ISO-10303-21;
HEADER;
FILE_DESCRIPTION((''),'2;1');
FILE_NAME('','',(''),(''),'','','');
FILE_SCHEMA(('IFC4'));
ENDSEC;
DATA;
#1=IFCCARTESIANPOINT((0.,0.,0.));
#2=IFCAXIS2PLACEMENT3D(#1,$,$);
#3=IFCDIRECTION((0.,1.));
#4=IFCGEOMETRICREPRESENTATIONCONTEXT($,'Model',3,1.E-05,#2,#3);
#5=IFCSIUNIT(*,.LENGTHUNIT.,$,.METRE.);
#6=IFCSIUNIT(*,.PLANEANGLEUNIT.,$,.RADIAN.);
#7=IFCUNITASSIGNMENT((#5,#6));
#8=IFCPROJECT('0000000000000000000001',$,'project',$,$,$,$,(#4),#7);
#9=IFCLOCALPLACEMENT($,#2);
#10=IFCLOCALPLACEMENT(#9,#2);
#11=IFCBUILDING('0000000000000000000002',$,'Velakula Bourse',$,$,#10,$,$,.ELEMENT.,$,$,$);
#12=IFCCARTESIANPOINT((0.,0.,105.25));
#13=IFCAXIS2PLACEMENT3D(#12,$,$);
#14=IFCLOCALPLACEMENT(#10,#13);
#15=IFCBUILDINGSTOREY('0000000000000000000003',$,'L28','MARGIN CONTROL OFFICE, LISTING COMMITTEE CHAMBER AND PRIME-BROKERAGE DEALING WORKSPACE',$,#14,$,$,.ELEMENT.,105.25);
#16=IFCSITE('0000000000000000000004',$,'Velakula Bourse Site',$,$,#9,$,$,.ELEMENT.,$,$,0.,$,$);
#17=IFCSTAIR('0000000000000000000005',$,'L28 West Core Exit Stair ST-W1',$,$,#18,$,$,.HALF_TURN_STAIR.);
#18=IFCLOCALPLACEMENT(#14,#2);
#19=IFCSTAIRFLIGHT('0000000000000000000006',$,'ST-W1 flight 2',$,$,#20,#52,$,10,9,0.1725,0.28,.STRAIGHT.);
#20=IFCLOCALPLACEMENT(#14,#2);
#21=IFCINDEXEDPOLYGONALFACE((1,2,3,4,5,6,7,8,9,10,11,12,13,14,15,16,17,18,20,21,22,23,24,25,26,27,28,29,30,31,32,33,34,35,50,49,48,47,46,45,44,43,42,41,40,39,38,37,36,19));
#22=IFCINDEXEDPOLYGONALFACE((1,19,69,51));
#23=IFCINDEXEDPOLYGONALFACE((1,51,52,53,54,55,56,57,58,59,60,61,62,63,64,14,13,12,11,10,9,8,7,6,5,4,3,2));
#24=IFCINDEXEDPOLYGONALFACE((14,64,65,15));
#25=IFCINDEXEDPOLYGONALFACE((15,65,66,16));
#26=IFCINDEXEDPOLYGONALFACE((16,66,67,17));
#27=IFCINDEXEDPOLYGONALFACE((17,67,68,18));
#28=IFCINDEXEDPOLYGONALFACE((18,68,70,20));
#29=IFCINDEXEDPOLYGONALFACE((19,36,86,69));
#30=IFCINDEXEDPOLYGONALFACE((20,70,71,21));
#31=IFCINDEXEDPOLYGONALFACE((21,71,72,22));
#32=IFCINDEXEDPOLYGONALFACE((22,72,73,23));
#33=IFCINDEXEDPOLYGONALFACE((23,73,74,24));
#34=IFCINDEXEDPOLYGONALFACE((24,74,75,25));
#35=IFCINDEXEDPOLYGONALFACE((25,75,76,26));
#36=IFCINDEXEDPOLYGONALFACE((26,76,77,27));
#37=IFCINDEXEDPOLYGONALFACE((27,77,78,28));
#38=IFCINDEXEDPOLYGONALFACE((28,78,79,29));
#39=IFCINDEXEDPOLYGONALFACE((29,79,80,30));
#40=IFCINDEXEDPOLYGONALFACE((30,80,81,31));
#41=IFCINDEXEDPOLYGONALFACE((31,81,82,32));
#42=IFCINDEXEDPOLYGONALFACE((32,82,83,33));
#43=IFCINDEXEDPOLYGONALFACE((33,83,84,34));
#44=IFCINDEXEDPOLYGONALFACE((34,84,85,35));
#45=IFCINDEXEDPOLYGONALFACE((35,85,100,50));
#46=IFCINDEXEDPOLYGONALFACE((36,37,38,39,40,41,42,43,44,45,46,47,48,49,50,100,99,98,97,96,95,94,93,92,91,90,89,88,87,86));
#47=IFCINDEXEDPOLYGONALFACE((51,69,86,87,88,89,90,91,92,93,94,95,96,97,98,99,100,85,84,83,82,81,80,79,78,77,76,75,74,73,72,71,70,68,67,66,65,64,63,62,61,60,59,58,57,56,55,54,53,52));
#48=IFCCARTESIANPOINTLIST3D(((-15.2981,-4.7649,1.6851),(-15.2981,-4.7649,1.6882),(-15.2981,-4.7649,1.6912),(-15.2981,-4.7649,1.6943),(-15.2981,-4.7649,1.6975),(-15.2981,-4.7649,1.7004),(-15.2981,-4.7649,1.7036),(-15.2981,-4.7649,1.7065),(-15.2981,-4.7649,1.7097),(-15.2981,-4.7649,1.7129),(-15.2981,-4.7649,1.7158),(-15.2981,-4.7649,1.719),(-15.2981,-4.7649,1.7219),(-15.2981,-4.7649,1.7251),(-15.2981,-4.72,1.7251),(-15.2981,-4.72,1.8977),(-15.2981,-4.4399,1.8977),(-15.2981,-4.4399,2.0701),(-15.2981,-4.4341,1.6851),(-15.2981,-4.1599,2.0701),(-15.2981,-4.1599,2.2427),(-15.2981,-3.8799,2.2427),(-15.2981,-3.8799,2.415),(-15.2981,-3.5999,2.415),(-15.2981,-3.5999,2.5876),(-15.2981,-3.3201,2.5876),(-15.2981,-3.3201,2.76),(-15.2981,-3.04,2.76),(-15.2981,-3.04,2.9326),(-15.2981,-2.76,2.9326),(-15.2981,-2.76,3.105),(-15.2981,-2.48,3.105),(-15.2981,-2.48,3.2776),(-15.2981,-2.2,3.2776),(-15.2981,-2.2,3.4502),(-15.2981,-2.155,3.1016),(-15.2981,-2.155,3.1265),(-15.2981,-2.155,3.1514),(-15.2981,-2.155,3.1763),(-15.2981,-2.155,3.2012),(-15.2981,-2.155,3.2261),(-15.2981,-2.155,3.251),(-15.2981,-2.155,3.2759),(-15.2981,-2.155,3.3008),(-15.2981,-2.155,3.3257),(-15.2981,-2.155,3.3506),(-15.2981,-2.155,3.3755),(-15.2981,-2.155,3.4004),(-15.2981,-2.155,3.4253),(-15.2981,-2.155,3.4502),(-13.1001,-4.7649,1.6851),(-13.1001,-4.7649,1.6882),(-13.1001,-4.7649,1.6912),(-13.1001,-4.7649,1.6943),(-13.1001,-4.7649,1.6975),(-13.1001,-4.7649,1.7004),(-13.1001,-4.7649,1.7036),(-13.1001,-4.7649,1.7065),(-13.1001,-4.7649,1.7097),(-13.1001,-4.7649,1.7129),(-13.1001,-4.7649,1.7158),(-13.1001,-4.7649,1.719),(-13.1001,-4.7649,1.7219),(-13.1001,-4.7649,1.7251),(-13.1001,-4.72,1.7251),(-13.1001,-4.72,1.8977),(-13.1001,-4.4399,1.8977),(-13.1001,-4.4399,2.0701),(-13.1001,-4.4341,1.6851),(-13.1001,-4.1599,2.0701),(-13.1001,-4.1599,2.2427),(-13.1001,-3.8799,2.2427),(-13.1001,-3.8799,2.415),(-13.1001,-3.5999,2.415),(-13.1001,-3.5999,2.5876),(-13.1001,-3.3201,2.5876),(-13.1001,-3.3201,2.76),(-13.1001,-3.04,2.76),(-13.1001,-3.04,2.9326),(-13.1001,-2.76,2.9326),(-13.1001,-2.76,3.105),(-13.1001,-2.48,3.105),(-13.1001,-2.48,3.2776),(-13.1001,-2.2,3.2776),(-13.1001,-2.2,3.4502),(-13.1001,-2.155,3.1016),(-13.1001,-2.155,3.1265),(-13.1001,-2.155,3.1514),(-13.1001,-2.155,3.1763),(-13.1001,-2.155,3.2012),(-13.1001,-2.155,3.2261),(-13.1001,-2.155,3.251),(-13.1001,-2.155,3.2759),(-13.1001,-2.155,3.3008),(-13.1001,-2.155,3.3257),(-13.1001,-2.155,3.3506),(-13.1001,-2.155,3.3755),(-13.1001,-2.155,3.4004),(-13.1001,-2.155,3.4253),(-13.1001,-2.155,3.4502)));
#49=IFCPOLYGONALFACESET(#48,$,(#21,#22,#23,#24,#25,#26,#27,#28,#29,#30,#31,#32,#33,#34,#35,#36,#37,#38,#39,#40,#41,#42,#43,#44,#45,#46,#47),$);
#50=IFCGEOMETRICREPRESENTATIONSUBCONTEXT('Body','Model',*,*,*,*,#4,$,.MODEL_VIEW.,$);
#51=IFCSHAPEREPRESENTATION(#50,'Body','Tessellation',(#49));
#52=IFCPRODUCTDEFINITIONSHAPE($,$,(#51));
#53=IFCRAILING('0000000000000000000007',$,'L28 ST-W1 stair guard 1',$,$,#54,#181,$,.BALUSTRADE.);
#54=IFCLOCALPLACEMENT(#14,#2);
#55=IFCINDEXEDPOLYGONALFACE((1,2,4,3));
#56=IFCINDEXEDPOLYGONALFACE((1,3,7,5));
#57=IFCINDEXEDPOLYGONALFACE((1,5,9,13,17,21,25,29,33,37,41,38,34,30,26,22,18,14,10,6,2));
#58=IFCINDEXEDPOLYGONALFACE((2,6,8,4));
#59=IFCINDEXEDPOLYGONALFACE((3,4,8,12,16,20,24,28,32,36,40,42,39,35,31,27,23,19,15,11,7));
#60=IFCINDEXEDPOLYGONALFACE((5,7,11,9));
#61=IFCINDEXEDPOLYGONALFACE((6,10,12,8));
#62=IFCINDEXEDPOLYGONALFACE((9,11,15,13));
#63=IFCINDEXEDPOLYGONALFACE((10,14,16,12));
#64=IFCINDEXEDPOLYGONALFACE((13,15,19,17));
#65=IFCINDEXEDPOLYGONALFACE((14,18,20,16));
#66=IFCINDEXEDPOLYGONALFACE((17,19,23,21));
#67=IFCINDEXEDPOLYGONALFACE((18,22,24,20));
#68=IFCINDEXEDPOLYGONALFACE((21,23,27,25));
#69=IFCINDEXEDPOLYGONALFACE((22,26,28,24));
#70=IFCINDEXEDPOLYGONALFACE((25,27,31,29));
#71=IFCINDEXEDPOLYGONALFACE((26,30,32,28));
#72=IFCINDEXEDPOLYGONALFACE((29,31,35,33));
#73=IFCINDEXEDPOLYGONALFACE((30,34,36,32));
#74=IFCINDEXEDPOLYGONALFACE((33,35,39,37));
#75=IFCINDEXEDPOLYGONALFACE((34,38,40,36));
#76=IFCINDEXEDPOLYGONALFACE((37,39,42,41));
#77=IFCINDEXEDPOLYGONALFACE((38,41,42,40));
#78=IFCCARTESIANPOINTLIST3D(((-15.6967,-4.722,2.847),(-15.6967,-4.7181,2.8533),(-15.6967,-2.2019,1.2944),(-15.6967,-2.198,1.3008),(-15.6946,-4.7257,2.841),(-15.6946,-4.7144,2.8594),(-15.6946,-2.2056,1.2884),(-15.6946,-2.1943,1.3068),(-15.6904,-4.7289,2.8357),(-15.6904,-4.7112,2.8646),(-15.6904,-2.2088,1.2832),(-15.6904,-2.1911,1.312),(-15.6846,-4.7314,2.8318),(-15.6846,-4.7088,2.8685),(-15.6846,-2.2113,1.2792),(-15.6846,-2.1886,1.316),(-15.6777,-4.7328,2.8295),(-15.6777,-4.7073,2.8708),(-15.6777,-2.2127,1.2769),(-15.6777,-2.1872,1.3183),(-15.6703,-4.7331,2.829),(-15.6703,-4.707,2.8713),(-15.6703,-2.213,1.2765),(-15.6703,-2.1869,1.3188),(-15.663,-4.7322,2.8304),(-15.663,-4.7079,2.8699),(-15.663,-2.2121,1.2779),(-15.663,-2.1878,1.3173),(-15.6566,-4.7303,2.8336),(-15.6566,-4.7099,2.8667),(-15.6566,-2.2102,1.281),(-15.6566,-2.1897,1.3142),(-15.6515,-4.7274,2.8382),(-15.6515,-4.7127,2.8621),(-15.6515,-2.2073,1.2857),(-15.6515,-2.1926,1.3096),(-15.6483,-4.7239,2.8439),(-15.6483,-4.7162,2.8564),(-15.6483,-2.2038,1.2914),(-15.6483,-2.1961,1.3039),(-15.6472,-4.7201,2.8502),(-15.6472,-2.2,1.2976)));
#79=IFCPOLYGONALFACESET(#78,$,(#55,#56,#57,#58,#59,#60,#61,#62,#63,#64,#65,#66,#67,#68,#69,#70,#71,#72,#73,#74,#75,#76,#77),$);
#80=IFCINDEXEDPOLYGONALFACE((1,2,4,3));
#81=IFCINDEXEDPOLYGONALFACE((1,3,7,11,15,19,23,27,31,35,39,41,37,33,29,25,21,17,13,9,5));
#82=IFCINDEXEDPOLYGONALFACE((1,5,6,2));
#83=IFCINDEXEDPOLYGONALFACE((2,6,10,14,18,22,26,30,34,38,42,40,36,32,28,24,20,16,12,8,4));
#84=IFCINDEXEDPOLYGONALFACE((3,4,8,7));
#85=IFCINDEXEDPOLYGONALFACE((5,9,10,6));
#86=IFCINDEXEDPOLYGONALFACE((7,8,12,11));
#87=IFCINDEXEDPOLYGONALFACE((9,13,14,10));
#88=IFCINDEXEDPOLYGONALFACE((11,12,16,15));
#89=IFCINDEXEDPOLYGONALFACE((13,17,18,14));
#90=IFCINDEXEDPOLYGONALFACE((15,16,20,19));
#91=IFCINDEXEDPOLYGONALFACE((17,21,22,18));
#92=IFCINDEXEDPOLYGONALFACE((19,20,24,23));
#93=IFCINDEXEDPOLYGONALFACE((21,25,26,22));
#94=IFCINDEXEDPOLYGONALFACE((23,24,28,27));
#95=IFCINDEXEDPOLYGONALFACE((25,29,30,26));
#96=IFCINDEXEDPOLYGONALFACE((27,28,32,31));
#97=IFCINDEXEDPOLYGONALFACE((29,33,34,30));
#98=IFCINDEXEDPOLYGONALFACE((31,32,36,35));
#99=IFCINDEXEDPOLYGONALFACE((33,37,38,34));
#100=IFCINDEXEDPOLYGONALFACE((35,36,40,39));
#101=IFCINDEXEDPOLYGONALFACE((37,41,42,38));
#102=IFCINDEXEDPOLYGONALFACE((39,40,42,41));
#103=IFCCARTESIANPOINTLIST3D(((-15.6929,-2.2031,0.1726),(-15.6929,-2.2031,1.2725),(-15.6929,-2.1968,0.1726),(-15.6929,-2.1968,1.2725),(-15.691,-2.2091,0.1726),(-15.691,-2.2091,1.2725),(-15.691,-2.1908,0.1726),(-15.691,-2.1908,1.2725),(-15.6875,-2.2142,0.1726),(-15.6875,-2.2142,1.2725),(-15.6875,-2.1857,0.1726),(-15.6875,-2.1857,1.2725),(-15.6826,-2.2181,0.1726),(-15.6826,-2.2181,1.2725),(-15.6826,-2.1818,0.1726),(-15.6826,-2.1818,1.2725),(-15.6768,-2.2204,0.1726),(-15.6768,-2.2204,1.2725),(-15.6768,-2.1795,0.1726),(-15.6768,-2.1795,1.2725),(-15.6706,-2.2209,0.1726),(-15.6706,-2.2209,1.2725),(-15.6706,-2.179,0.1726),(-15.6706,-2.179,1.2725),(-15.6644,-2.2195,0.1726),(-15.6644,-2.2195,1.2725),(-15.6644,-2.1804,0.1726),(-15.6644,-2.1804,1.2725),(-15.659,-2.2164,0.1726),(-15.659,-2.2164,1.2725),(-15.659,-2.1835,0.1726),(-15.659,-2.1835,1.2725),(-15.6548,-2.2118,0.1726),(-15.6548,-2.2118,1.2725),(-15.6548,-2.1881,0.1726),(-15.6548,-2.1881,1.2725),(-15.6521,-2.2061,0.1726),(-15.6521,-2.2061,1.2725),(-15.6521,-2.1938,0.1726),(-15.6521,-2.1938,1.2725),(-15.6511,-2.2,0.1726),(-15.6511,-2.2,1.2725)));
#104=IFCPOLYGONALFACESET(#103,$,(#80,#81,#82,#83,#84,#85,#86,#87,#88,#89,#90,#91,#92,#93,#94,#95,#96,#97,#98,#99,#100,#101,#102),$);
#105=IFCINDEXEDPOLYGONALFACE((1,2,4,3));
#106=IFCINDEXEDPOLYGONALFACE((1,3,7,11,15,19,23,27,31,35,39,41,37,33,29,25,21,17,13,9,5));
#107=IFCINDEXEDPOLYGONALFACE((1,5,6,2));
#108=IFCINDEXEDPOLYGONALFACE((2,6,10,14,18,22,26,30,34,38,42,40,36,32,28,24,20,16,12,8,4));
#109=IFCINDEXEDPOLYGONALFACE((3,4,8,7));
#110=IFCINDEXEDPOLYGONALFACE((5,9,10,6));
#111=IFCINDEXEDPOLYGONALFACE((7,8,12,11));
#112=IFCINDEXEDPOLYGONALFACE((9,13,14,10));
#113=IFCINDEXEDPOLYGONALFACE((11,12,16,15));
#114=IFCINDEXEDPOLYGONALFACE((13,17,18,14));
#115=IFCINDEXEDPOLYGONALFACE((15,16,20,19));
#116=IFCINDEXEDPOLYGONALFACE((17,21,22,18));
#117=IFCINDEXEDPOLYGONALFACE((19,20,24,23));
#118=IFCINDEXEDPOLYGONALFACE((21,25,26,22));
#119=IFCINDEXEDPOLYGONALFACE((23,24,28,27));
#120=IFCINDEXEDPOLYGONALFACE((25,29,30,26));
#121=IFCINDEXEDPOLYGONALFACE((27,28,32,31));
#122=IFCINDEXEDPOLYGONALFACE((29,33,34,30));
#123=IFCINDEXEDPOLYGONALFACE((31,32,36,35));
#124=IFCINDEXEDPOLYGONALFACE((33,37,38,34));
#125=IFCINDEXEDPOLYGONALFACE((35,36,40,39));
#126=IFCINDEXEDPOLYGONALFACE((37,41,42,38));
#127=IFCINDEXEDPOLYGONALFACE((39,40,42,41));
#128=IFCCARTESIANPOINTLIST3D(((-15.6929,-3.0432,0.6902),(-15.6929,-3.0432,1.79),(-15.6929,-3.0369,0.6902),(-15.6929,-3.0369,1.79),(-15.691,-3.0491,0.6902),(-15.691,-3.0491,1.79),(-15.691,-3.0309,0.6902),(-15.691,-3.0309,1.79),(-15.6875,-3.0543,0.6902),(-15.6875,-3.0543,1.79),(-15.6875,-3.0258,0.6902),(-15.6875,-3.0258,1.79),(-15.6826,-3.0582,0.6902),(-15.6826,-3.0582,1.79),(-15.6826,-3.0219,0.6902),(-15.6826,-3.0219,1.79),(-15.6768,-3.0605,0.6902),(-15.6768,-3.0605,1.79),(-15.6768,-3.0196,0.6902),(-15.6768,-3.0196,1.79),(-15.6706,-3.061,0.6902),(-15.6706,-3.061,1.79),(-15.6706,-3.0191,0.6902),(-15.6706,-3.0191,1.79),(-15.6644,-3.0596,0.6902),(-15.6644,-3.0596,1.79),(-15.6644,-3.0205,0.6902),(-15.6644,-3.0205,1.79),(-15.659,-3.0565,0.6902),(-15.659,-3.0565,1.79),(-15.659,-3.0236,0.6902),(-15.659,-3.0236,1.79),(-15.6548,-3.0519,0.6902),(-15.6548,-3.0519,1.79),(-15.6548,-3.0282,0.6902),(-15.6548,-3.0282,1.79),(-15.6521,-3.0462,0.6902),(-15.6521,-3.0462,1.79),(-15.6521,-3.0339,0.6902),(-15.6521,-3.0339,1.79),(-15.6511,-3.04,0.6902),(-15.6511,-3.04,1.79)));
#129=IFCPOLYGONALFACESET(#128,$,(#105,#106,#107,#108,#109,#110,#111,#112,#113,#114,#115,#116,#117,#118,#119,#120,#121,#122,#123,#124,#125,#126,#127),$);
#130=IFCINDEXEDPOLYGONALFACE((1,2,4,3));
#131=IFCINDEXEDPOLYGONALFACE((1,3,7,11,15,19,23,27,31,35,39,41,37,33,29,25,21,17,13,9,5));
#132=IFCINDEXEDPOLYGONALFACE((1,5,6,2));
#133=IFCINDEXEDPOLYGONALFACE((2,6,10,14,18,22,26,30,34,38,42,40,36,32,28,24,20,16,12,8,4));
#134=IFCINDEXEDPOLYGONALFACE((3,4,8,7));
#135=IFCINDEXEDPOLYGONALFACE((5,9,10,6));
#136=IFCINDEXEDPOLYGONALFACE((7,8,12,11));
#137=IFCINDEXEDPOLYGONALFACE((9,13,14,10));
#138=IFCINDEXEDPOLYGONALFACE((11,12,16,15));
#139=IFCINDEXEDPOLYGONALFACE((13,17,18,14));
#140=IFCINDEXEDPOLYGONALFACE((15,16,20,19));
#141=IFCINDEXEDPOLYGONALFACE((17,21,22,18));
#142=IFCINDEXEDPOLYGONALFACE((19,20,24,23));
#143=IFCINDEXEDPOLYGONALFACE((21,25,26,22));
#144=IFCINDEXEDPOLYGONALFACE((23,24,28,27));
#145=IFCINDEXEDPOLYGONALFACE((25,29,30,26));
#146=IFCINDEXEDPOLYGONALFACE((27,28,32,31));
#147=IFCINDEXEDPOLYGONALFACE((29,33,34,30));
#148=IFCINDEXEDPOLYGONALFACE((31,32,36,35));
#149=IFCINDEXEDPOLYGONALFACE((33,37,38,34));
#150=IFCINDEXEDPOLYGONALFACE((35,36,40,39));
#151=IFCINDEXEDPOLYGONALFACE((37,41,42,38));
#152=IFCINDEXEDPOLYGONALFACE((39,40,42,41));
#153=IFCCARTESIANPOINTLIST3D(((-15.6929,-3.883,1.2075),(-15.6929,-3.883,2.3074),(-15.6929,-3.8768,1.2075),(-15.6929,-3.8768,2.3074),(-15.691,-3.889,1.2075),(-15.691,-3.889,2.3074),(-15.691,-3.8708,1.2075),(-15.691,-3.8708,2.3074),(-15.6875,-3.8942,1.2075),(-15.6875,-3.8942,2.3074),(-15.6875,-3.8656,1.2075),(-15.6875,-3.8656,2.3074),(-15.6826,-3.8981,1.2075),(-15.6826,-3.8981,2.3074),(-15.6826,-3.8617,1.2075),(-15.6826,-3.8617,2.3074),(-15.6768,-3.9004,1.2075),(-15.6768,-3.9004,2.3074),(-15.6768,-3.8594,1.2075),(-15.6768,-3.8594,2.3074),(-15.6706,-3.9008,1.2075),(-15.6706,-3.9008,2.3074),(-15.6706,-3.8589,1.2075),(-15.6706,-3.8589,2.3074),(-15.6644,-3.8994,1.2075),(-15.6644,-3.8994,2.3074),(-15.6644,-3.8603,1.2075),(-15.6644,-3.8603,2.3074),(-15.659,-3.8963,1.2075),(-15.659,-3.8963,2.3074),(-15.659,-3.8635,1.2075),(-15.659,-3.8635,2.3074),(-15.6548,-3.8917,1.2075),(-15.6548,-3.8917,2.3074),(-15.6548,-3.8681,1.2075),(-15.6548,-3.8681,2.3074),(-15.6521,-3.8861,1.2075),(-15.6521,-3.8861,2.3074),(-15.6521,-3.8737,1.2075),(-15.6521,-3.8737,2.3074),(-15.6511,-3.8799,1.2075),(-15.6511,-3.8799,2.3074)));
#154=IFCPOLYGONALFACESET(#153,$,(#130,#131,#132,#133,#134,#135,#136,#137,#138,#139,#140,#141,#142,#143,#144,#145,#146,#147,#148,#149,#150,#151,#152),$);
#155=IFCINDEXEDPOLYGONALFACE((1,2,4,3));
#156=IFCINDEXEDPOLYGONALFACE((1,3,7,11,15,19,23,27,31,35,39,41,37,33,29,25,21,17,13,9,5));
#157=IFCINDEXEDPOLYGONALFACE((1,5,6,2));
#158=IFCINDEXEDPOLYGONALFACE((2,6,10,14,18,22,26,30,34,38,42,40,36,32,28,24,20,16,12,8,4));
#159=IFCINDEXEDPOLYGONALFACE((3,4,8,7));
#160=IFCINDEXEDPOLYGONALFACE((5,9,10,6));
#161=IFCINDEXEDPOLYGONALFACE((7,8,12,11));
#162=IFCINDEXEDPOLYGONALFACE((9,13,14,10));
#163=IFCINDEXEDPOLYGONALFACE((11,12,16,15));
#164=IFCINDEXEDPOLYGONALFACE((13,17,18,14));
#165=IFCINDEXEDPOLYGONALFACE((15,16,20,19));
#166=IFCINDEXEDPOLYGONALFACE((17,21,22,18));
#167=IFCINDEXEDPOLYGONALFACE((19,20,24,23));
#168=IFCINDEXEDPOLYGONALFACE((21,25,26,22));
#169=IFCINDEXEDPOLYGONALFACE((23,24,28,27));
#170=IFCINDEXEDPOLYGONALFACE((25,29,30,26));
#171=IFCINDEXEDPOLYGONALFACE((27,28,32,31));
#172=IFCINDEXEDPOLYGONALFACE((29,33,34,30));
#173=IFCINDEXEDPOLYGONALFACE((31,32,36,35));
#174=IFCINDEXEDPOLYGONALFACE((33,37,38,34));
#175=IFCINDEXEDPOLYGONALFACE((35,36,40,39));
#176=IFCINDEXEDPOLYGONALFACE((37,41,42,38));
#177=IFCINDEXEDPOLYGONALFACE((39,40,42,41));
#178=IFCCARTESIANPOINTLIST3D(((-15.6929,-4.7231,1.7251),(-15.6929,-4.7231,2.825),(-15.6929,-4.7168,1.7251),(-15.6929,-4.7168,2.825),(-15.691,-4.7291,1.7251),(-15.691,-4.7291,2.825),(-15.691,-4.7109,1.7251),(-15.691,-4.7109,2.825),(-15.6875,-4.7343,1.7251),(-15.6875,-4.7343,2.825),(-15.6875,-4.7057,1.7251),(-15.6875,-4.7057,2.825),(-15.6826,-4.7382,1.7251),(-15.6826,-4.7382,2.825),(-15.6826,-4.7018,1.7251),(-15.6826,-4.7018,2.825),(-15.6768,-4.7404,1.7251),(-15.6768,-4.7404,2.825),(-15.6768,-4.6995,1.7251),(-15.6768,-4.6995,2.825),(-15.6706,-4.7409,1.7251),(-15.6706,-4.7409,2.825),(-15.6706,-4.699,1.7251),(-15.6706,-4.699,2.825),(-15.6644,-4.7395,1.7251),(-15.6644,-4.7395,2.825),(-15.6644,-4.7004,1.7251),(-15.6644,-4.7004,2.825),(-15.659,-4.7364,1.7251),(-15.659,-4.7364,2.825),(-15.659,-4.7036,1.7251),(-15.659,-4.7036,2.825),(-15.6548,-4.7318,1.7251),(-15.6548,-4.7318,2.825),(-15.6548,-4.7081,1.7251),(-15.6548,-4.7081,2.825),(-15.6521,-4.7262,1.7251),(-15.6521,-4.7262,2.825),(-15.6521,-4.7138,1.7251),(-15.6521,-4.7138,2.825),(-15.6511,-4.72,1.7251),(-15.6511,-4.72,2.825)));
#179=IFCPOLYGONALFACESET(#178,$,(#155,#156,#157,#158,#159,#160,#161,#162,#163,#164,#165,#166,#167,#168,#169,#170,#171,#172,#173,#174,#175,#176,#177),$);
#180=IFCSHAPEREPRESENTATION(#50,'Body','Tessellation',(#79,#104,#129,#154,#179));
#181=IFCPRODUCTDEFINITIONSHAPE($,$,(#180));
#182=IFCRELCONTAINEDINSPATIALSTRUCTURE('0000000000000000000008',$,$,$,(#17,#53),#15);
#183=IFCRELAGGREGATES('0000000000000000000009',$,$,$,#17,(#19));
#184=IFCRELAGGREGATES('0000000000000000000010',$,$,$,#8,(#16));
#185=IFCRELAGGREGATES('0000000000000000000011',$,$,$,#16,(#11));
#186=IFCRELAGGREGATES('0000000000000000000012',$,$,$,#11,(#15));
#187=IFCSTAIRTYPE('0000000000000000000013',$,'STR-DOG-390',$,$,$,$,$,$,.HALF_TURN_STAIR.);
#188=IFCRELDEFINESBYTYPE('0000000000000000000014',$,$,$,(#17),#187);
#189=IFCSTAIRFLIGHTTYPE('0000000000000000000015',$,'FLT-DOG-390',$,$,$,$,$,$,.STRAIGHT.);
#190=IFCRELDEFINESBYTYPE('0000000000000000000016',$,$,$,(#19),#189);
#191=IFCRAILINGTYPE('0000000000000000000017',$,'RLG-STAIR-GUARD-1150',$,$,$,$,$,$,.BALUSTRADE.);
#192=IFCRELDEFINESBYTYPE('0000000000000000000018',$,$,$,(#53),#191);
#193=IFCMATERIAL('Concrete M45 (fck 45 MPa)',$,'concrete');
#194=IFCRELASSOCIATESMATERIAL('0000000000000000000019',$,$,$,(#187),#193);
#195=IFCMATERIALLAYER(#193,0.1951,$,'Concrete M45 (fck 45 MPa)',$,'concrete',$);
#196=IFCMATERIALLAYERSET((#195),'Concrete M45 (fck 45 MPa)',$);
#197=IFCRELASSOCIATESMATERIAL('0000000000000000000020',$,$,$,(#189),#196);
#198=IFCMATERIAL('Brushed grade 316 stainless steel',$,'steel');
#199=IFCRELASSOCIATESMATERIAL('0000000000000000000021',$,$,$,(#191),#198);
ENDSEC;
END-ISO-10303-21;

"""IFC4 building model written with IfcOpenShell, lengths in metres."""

from ifc_helpers import new_model, si_unit, direction, frame, origin, origin_2d, place, context, subcontext, project, spatial, polyline, circle, outline, extrude, material, layer, layer_set, type_object, element, aggregate, save


model = new_model("IFC4")

# Units and contexts
model_context = context("Model", 3, precision=1e-05, world=origin(), true_north=direction((0.0, 1.0)))
body_context = subcontext(model_context, "Body", "Model", "MODEL_VIEW")
ifc_project = project(units=[si_unit("LENGTHUNIT", "METRE"), si_unit("PLANEANGLEUNIT", "RADIAN")], contexts=[model_context])

# Site, building, storey
site_placement = place(None, origin())
site = spatial("IfcSite", under=ifc_project, at=site_placement, Name="Velakula Bourse Site", CompositionType="ELEMENT", RefElevation=0.0)
building_placement = place(site_placement, origin())
building = spatial("IfcBuilding", under=site, at=building_placement, Name="Velakula Bourse", CompositionType="ELEMENT")
storey_placement = place(building_placement, frame((0.0, 0.0, 105.25)))
storey = spatial("IfcBuildingStorey", under=building, at=storey_placement, Name="L28", Description="MARGIN CONTROL OFFICE, LISTING COMMITTEE CHAMBER AND PRIME-BROKERAGE DEALING WORKSPACE", CompositionType="ELEMENT", Elevation=105.25)

# Shared definitions
ifc_material_1 = material(Name="Brushed grade 316 stainless steel", Category="steel")

# Stair, stair flight
ifc_material_2 = material(Name="Concrete M45 (fck 45 MPa)", Category="concrete")
stair_type = type_object("IfcStairType", Name="STR-DOG-390", PredefinedType="HALF_TURN_STAIR", material=ifc_material_2)
stair_placement = place(storey_placement, origin())
stair = element("IfcStair", 1, at=stair_placement, inside=storey, type_object=stair_type, Name="L28 West Core Exit Stair ST-W1", PredefinedType="HALF_TURN_STAIR")
ifc_layer_1 = layer(ifc_material_2, 0.1951, Name="Concrete M45 (fck 45 MPa)", Category="concrete")
ifc_layer_set_1 = layer_set([ifc_layer_1], Name="Concrete M45 (fck 45 MPa)")
stair_flight_type = type_object("IfcStairFlightType", Name="FLT-DOG-390", PredefinedType="STRAIGHT", material=ifc_layer_set_1)
stair_flight_1_placement = place(storey_placement, frame((-14.199, -4.72, 1.7251), z_axis=(0.0, 0.0, 1.0), x_axis=(0.0, 1.0, 0.0)))
stair_flight_1 = element("IfcStairFlight", 2, at=stair_flight_1_placement, type_object=stair_flight_type, Name="ST-W1 flight 2", NumberOfRisers=10, NumberOfTreads=9, PredefinedType="STRAIGHT", RiserHeight=0.1725, TreadLength=0.28, context=body_context, shape_type="SweptSolid", body=[
    extrude(outline(polyline([(-0.0449, -0.04), (-0.0449, -0.0369), (-0.0449, -0.0339), (-0.0449, -0.0308), (-0.0449, -0.0276), (-0.0449, -0.0247), (-0.0449, -0.0215), (-0.0449, -0.0186), (-0.0449, -0.0154), (-0.0449, -0.0122), (-0.0449, -0.0093), (-0.0449, -0.0061), (-0.0449, -0.0032), (-0.0449, 0.0), (0.0, 0.0), (0.0, 0.1726), (0.28, 0.1726), (0.28, 0.345), (0.5601, 0.345), (0.5601, 0.5176), (0.8401, 0.5176), (0.8401, 0.6899), (1.1201, 0.6899), (1.1201, 0.8625), (1.3999, 0.8625), (1.3999, 1.0349), (1.6799, 1.0349), (1.6799, 1.2075), (1.96, 1.2075), (1.96, 1.3799), (2.24, 1.3799), (2.24, 1.5525), (2.52, 1.5525), (2.52, 1.7251), (2.5649, 1.7251), (2.5649, 1.7002), (2.5649, 1.6753), (2.5649, 1.6504), (2.5649, 1.6255), (2.5649, 1.6006), (2.5649, 1.5757), (2.5649, 1.5508), (2.5649, 1.5259), (2.5649, 1.501), (2.5649, 1.4761), (2.5649, 1.4512), (2.5649, 1.4263), (2.5649, 1.4014), (2.5649, 1.3765), (0.2859, -0.04), (-0.0449, -0.04)])), frame((0.0, 1.0991, 0.0), z_axis=(0.0, -1.0, 0.0), x_axis=(1.0, 0.0, 0.0)), (0.0, 0.0, 1.0), 2.198),
])
aggregate(stair, [stair_flight_1])

# Railing
railing_type_1 = type_object("IfcRailingType", Name="RLG-STAIR-GUARD-1150", PredefinedType="BALUSTRADE", material=ifc_material_1)
railing_1_placement = place(storey_placement, frame((-15.6721, -2.2, 0.1726)))
element("IfcRailing", 3, at=railing_1_placement, inside=storey, type_object=railing_type_1, Name="L28 ST-W1 stair guard 1", PredefinedType="BALUSTRADE", context=body_context, shape_type="SweptSolid", body=[
    extrude(circle(Radius=0.0249, at=origin_2d()), frame((0.0, 0.0, 1.125), z_axis=(0.0, -0.8514, 0.524516), x_axis=(1.0, 0.0, 0.0)), (0.0, 0.0, 1.0), 2.96),
    extrude(circle(Radius=0.021, at=origin_2d()), origin(), (0.0, 0.0, 1.0), 1.0999),
    extrude(circle(Radius=0.021, at=origin_2d()), frame((0.0, -0.8401, 0.5176)), (0.0, 0.0, 1.0), 1.0999),
    extrude(circle(Radius=0.021, at=origin_2d()), frame((0.0, -1.6799, 1.0349)), (0.0, 0.0, 1.0), 1.0999),
    extrude(circle(Radius=0.021, at=origin_2d()), frame((0.0, -2.52, 1.5525)), (0.0, 0.0, 1.0), 1.0999),
])

save(model, "model.ifc")
